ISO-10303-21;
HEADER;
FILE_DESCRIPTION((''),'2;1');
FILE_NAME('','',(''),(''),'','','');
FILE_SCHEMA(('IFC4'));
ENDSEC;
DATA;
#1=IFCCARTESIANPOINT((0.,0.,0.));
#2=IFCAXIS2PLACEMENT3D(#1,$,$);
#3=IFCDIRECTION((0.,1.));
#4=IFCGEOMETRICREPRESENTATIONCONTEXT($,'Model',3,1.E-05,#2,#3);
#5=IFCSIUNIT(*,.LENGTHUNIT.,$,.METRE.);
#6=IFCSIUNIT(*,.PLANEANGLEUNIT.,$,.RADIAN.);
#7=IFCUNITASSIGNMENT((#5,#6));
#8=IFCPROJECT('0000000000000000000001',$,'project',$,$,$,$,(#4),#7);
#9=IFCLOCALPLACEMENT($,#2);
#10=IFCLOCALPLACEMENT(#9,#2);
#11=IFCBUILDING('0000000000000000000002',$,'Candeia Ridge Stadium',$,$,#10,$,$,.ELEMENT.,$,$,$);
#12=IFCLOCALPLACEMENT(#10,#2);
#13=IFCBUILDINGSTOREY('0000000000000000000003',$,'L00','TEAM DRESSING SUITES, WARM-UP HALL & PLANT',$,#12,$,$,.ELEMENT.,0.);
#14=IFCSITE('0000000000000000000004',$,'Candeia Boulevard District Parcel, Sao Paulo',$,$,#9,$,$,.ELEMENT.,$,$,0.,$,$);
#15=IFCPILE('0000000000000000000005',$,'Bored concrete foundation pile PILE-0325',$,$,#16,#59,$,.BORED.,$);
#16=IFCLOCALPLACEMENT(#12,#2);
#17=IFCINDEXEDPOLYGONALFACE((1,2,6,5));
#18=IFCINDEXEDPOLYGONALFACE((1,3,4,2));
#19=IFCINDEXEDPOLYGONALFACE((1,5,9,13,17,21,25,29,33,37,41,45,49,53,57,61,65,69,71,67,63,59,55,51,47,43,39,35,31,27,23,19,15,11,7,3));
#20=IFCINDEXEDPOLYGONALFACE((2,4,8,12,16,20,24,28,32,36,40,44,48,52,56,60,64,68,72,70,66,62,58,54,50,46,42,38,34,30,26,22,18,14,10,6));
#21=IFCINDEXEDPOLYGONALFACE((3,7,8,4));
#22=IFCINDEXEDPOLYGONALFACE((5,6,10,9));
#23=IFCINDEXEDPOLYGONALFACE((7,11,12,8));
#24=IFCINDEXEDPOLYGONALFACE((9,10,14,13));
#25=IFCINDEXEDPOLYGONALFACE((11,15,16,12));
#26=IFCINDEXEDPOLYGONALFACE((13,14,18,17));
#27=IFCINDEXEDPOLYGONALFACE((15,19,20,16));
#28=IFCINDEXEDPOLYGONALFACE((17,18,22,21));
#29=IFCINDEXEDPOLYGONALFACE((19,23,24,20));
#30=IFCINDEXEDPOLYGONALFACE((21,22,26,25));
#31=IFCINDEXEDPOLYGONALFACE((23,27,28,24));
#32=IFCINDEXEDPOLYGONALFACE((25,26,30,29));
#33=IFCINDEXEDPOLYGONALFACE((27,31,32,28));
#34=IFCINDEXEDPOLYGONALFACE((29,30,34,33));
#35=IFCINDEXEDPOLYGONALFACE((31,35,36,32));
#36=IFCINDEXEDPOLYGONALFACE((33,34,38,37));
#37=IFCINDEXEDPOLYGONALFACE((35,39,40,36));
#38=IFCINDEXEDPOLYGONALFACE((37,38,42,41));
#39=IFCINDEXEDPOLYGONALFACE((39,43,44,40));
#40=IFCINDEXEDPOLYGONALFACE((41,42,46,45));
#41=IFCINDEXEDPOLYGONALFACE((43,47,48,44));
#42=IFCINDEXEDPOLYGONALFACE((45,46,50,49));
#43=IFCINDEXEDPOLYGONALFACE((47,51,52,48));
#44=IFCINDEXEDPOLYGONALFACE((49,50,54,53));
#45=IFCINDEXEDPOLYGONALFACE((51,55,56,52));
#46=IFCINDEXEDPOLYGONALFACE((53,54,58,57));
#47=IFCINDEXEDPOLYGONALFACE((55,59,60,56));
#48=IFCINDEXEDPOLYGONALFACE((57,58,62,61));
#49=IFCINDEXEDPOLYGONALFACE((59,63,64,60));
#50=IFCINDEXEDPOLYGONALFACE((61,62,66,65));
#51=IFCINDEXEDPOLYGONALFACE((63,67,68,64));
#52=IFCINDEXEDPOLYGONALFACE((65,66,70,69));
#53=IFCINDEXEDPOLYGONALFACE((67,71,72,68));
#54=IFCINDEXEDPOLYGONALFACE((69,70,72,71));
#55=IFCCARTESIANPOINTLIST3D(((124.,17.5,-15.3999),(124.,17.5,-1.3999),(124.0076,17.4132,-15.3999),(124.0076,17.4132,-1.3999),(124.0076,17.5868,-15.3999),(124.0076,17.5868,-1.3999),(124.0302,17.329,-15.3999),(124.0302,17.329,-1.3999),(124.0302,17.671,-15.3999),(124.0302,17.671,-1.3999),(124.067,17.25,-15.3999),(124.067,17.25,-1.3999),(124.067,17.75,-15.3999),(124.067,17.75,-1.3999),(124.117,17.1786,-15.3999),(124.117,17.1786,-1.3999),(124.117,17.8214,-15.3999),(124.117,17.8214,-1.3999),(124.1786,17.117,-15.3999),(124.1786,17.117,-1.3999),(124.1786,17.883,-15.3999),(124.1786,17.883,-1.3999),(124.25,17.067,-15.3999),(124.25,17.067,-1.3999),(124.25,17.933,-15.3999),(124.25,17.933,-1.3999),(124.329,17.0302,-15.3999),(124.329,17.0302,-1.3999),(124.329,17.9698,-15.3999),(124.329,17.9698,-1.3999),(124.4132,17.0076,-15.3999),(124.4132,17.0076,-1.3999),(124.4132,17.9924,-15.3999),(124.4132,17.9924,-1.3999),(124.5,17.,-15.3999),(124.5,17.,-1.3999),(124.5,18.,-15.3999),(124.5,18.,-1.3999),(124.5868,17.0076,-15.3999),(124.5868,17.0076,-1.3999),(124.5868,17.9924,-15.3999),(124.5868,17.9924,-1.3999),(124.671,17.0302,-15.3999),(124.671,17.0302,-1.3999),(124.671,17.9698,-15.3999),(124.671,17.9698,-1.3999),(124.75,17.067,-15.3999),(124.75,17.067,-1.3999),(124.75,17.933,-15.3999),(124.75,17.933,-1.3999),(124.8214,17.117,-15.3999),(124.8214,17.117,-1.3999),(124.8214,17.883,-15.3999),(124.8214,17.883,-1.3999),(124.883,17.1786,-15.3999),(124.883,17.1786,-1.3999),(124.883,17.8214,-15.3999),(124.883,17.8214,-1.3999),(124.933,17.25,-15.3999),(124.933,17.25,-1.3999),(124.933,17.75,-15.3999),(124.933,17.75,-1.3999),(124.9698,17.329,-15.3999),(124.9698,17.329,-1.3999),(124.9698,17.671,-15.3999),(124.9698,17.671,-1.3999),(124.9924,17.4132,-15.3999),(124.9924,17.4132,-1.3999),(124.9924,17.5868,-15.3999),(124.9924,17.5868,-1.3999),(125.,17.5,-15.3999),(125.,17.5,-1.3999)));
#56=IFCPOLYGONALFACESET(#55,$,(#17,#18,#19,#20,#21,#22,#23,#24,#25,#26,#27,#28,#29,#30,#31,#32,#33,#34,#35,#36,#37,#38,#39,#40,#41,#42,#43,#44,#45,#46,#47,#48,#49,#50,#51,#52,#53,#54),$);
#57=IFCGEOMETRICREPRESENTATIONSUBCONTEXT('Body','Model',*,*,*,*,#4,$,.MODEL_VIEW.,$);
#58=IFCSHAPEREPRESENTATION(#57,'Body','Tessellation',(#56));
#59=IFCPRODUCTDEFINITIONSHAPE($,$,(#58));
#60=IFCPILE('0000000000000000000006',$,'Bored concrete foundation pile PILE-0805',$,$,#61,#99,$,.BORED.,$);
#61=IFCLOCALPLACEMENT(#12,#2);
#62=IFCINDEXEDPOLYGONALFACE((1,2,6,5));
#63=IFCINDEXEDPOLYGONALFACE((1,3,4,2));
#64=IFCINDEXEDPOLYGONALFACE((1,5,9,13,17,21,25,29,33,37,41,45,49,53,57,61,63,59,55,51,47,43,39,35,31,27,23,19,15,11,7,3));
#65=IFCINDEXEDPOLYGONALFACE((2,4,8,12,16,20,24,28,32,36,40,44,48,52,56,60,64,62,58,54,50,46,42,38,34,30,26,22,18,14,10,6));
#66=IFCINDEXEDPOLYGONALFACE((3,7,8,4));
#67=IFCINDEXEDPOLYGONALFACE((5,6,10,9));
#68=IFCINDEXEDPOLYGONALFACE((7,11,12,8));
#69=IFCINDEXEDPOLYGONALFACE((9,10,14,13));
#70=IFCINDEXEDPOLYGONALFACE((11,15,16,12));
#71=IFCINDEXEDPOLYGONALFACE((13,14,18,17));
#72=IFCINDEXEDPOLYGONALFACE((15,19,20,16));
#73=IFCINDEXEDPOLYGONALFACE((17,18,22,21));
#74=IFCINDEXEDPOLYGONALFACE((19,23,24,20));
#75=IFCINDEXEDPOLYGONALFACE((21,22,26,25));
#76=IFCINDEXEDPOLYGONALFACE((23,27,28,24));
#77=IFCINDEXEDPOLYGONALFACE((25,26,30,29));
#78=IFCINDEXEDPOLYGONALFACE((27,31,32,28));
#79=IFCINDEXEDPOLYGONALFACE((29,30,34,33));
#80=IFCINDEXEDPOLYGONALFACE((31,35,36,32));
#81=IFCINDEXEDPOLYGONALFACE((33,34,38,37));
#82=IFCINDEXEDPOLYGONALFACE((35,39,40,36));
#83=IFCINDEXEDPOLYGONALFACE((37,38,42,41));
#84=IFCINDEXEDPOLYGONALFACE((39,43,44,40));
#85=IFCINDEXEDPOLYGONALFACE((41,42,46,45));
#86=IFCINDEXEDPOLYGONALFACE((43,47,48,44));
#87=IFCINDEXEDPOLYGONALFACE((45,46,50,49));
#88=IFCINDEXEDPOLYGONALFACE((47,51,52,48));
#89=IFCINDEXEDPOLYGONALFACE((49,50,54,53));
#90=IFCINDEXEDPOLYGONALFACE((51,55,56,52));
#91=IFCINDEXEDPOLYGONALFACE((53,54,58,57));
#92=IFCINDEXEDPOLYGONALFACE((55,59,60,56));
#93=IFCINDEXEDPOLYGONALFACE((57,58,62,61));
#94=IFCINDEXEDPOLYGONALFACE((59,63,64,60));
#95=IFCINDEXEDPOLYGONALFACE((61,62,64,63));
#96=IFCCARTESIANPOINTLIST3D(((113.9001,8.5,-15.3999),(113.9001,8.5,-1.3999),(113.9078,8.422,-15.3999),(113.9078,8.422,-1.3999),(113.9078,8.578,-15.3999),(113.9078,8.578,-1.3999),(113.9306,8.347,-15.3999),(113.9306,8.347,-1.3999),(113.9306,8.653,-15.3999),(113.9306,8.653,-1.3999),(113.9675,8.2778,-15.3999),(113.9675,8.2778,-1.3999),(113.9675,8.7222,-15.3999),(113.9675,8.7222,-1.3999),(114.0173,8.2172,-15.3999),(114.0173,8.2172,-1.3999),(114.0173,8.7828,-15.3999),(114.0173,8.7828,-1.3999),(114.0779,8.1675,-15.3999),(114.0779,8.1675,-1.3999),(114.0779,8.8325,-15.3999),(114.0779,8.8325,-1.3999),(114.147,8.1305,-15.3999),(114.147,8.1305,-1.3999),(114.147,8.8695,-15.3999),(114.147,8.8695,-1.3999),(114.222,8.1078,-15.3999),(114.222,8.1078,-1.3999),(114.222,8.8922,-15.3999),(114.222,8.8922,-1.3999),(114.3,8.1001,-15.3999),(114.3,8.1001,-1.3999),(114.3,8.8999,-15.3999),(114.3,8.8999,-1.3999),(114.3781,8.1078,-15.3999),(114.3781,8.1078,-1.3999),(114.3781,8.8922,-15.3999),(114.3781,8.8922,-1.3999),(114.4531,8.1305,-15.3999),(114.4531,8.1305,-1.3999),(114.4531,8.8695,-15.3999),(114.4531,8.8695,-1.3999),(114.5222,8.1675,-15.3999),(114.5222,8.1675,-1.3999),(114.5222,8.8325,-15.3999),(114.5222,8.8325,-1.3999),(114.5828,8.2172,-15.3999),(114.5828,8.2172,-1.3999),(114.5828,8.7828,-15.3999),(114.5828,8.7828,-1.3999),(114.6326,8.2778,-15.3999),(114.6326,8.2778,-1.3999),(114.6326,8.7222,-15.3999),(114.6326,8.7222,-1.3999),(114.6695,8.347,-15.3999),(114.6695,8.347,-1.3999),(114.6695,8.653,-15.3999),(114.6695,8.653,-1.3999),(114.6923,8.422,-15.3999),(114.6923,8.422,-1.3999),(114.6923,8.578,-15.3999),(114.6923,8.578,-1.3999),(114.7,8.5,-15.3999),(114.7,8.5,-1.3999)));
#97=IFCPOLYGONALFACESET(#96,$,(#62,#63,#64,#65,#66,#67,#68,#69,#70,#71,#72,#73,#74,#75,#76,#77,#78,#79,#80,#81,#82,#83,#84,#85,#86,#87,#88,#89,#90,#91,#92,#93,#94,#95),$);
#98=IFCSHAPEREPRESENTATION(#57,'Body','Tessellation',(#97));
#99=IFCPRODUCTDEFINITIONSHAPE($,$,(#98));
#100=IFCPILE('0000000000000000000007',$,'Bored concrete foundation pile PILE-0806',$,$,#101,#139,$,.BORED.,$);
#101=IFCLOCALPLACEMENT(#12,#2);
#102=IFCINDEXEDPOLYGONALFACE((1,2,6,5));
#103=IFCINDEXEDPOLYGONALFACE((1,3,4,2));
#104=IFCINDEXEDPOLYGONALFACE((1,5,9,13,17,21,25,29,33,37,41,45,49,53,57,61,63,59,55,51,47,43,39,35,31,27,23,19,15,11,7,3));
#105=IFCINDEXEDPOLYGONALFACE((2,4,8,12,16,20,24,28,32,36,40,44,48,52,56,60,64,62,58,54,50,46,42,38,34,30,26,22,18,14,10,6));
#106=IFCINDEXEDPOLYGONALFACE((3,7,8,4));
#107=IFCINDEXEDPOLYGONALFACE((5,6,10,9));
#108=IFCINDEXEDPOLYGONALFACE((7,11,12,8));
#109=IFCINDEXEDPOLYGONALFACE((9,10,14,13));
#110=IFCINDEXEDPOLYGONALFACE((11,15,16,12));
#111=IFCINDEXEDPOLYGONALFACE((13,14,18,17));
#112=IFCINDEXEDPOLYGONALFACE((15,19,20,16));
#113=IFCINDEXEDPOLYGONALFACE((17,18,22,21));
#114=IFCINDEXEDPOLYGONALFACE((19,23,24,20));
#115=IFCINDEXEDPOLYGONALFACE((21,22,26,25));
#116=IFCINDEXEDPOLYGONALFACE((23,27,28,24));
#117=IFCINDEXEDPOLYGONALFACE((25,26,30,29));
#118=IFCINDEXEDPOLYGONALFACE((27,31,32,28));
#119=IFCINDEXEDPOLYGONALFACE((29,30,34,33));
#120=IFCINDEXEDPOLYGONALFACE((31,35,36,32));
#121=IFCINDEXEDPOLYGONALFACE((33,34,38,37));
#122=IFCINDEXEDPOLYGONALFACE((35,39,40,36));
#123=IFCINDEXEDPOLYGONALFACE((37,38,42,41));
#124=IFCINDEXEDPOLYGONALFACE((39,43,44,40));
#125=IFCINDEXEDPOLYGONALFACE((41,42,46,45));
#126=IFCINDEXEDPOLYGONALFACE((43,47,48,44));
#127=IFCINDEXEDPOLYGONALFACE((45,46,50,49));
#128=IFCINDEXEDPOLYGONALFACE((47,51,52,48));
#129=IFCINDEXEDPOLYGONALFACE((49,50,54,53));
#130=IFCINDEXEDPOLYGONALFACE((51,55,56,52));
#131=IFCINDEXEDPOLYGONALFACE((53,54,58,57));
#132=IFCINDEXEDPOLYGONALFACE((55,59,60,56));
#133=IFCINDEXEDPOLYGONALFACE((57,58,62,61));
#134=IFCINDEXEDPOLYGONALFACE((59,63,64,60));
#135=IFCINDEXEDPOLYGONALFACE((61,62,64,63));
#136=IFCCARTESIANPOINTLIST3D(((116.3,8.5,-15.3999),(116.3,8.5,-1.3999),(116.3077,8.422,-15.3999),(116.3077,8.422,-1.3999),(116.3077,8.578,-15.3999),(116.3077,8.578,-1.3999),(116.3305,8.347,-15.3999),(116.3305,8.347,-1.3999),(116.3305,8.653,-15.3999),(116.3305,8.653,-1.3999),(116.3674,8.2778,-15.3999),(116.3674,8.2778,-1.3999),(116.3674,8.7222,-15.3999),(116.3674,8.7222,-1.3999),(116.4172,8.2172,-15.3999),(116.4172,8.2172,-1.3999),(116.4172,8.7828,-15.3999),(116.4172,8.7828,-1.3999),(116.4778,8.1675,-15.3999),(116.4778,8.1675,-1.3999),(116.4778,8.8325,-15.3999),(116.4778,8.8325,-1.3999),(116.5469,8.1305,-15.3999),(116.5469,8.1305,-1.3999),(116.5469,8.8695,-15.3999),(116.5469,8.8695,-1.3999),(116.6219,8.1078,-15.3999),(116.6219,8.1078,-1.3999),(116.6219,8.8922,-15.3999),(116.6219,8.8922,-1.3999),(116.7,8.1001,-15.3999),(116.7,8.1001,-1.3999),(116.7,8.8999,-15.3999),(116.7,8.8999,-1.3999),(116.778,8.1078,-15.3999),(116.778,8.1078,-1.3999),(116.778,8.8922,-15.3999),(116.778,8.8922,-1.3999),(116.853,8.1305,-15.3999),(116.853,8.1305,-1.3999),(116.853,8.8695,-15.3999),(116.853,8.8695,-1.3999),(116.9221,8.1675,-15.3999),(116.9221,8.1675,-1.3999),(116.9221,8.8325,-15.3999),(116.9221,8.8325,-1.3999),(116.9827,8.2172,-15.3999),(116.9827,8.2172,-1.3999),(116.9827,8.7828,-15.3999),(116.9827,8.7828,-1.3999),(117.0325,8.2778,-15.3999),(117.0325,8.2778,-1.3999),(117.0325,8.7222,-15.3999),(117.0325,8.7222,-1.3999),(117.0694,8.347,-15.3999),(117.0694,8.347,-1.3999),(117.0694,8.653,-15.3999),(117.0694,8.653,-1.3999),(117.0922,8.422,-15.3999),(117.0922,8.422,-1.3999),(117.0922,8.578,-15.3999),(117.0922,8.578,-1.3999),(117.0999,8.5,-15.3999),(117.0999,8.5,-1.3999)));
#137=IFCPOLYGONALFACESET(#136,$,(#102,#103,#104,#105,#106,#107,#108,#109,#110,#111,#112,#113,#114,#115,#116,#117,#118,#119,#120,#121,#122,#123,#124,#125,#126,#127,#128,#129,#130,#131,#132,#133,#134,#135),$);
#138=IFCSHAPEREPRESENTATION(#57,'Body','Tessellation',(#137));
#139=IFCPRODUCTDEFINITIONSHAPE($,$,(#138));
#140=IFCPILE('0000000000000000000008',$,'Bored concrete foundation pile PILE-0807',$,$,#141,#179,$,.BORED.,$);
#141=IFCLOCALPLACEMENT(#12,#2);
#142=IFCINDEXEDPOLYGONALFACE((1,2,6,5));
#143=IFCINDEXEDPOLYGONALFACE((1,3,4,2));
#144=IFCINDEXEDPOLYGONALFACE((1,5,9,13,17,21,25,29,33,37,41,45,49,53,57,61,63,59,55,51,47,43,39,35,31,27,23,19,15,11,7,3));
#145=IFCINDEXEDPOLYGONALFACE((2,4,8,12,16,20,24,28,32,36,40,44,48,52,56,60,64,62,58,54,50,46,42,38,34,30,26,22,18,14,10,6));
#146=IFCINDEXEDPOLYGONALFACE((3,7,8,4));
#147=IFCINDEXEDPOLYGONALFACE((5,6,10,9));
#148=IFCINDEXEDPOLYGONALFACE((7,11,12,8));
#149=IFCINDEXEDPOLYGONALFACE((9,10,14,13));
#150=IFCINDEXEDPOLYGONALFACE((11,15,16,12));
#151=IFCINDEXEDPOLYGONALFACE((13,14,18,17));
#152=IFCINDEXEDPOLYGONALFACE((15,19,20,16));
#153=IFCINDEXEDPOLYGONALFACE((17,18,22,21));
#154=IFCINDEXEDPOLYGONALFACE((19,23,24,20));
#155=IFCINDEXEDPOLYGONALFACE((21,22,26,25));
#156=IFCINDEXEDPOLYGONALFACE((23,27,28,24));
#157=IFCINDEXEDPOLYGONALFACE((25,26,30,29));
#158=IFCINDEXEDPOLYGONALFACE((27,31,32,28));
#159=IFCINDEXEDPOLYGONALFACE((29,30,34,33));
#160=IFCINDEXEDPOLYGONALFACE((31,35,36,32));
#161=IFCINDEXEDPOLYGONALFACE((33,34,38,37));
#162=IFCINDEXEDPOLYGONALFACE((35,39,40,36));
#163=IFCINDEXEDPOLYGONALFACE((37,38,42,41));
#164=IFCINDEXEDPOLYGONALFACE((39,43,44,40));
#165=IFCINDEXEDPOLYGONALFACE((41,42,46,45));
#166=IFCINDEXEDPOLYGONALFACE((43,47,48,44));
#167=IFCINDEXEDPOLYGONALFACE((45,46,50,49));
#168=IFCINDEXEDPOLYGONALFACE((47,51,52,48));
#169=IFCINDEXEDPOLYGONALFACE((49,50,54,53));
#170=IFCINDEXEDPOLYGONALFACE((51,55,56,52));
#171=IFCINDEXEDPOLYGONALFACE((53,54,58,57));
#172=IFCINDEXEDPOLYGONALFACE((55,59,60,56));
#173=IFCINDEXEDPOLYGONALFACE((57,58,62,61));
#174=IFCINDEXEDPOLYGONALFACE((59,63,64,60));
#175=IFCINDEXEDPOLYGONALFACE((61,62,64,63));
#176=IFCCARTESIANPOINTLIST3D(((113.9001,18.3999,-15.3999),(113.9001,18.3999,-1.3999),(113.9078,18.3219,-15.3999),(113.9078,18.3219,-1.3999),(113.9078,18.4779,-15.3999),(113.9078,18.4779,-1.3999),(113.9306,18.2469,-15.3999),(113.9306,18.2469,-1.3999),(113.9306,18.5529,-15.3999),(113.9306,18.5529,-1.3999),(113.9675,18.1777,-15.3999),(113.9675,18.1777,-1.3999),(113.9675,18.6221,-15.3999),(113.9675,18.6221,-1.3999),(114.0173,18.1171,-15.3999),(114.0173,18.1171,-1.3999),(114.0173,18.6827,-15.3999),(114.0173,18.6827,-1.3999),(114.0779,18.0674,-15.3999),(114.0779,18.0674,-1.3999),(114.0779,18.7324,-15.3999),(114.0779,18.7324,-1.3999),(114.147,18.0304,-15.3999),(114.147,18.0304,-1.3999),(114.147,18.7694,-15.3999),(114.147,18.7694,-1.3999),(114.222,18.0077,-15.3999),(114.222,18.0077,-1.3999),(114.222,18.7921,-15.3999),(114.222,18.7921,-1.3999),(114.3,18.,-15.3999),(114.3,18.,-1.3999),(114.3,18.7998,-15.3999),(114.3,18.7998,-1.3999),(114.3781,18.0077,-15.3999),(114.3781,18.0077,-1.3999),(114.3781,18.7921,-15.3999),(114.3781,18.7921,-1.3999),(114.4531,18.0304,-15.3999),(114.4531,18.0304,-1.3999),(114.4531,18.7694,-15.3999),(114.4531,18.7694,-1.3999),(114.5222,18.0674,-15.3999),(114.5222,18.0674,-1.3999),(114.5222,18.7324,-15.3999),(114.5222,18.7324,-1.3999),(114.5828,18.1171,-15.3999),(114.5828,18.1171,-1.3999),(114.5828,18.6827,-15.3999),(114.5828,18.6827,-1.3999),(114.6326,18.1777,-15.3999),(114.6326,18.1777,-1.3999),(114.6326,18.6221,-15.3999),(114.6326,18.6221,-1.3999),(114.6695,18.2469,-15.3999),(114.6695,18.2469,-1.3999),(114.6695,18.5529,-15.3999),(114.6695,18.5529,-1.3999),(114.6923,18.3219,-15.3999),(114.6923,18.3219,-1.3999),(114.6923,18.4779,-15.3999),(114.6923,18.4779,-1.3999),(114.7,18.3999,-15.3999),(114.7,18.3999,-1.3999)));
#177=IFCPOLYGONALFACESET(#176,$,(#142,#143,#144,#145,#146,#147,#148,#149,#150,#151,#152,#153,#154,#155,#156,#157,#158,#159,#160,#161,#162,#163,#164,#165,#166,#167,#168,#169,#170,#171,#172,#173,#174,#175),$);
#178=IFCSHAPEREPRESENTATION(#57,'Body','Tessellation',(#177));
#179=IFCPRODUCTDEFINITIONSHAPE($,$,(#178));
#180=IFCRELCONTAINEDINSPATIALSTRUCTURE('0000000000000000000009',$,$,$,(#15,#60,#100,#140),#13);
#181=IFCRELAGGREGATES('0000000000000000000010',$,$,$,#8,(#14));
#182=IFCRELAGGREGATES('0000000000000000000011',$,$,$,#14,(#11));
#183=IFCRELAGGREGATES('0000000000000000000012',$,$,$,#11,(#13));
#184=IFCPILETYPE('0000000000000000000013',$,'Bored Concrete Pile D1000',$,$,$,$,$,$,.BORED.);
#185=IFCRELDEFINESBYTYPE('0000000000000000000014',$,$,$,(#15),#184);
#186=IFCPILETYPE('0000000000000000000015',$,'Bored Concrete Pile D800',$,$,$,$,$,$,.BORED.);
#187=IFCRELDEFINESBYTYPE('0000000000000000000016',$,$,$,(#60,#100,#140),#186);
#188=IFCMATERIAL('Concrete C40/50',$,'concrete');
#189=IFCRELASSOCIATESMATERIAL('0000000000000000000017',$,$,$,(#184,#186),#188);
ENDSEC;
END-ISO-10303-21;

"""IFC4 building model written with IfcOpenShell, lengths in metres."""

from ifc_helpers import new_model, si_unit, direction, frame, origin, origin_2d, place, context, subcontext, project, spatial, circle, extrude, material, material_profile, profile_set, type_object, element, save


model = new_model("IFC4")

# Units and contexts
model_context = context("Model", 3, precision=1e-05, world=origin(), true_north=direction((0.0, 1.0)))
body_context = subcontext(model_context, "Body", "Model", "MODEL_VIEW")
ifc_project = project(units=[si_unit("LENGTHUNIT", "METRE"), si_unit("PLANEANGLEUNIT", "RADIAN")], contexts=[model_context])

# Site, building, storey
site_placement = place(None, origin())
site = spatial("IfcSite", under=ifc_project, at=site_placement, Name="Candeia Boulevard District Parcel, Sao Paulo", CompositionType="ELEMENT", RefElevation=0.0)
building_placement = place(site_placement, origin())
building = spatial("IfcBuilding", under=site, at=building_placement, Name="Candeia Ridge Stadium", CompositionType="ELEMENT")
storey_placement = place(building_placement, origin())
storey = spatial("IfcBuildingStorey", under=building, at=storey_placement, Name="L00", Description="TEAM DRESSING SUITES, WARM-UP HALL & PLANT", CompositionType="ELEMENT", Elevation=0.0)

# Piles
ifc_material_1 = material(Name="Concrete C40/50", Category="concrete")
ifc_material_profile_1 = material_profile(ifc_material_1, circle(Radius=0.5, at=origin_2d()), Name="PILE-D1000", Category="concrete")
ifc_profile_set_1 = profile_set([ifc_material_profile_1], Name="Concrete C40/50")
pile_type_1 = type_object("IfcPileType", Name="Bored Concrete Pile D1000", PredefinedType="BORED", material=ifc_profile_set_1)
pile_placement = place(storey_placement, frame((124.5, 17.5, -1.3999), z_axis=(0.0, 0.0, -1.0), x_axis=(1.0, 0.0, 0.0)))
element("IfcPile", 1, at=pile_placement, inside=storey, type_object=pile_type_1, Name="Bored concrete foundation pile PILE-0325", PredefinedType="BORED", context=body_context, shape_type="SweptSolid", body=[
    extrude(circle(Radius=0.5, at=origin_2d()), origin(), (0.0, 0.0, 1.0), 14.0),
])
ifc_material_profile_2 = material_profile(ifc_material_1, circle(Radius=0.3999, at=origin_2d()), Name="PILE-D800", Category="concrete")
ifc_profile_set_2 = profile_set([ifc_material_profile_2], Name="Concrete C40/50")
pile_type_2 = type_object("IfcPileType", Name="Bored Concrete Pile D800", PredefinedType="BORED", material=ifc_profile_set_2)
for number, where, z_axis, x_axis, name in (
    (2, (114.3, 8.5, -1.3999), (0.0, 0.0, -1.0), (1.0, 0.0, 0.0), "Bored concrete foundation pile PILE-0805"),
    (3, (116.7, 8.5, -1.3999), (0.0, 0.0, -1.0), (1.0, 0.0, 0.0), "Bored concrete foundation pile PILE-0806"),
    (4, (114.3, 18.3999, -1.3999), (0.0, 0.0, -1.0), (1.0, 0.0, 0.0), "Bored concrete foundation pile PILE-0807"),
):
    element("IfcPile", number, at=place(storey_placement, frame(where, z_axis=z_axis, x_axis=x_axis)), inside=storey, type_object=pile_type_2, Name=name, PredefinedType="BORED", context=body_context, shape_type="SweptSolid", body=[
        extrude(circle(Radius=0.3999, at=origin_2d()), origin(), (0.0, 0.0, 1.0), 14.0),
    ])

save(model, "model.ifc")
